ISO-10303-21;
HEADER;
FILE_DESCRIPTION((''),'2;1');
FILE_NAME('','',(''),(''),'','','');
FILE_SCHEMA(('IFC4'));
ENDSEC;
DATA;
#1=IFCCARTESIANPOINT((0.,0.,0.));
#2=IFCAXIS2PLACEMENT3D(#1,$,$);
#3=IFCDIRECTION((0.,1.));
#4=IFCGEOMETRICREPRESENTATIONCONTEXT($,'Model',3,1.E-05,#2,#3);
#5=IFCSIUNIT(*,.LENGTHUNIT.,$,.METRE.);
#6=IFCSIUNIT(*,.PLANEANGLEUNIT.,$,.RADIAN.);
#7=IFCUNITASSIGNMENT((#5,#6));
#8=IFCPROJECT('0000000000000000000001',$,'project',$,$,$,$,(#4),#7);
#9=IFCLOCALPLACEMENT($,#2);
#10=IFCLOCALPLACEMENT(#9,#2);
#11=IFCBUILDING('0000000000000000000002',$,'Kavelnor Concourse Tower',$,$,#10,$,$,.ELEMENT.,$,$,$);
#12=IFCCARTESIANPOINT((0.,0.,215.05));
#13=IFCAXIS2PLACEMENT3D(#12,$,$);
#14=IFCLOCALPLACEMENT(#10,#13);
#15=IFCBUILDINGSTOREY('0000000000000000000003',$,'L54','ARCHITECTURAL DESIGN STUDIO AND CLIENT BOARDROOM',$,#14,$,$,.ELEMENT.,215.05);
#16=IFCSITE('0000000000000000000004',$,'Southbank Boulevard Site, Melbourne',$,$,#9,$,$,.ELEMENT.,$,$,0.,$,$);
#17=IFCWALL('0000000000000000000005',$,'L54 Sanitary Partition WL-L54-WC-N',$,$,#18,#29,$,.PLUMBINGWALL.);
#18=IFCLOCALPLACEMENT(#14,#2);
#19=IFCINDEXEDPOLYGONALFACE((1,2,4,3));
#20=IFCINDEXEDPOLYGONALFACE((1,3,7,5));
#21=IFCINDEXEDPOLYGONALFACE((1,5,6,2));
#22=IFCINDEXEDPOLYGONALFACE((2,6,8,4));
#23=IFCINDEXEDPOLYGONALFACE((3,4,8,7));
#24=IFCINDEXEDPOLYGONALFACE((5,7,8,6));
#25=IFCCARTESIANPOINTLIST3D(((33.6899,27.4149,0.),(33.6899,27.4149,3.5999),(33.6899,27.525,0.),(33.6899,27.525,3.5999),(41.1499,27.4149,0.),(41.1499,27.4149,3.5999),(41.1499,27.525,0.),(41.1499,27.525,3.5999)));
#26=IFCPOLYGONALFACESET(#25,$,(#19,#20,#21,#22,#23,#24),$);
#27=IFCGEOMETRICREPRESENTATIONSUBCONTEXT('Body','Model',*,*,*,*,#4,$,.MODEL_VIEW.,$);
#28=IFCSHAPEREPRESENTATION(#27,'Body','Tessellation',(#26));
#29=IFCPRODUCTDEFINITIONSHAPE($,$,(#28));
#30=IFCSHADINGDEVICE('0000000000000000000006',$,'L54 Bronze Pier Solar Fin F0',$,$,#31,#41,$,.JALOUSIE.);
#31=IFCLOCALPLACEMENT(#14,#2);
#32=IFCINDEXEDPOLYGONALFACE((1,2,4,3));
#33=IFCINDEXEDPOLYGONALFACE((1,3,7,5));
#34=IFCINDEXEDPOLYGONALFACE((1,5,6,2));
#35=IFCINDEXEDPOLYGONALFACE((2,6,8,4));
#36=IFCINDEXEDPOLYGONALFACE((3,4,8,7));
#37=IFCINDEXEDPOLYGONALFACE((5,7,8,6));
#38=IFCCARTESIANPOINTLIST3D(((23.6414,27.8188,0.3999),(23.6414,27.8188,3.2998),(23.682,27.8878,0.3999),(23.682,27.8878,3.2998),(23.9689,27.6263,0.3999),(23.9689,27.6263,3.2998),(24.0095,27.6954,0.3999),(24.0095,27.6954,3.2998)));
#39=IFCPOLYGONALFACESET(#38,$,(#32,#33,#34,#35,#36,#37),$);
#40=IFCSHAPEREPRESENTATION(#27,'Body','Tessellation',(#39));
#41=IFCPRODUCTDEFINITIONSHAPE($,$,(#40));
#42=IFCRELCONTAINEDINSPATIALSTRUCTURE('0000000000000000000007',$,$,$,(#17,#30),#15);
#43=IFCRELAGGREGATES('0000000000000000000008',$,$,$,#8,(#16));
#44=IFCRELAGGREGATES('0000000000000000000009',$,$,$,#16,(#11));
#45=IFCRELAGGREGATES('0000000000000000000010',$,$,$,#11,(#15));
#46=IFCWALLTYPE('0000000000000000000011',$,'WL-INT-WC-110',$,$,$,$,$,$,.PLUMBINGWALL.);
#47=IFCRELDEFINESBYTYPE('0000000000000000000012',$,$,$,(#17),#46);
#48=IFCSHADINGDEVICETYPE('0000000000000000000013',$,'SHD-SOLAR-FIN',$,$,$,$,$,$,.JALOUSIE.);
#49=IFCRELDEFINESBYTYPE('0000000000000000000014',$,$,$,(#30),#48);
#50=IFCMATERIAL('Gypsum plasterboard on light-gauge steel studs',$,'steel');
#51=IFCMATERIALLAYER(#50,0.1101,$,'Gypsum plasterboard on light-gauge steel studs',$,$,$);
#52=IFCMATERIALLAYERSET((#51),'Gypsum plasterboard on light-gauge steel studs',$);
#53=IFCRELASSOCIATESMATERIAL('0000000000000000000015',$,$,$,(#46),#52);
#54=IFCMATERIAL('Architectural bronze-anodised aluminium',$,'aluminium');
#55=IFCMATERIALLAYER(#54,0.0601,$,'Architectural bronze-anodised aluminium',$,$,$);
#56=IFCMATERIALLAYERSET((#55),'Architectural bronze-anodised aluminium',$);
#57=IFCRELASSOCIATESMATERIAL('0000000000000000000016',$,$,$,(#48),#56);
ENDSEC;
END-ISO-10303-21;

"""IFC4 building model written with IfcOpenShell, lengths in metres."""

from ifc_helpers import new_model, si_unit, direction, frame, frame_2d, origin, origin_2d, place, context, subcontext, project, spatial, rectangle, extrude, material, layer, layer_set, type_object, element, save


model = new_model("IFC4")

# Units and contexts
model_context = context("Model", 3, precision=1e-05, world=origin(), true_north=direction((0.0, 1.0)))
body_context = subcontext(model_context, "Body", "Model", "MODEL_VIEW")
ifc_project = project(units=[si_unit("LENGTHUNIT", "METRE"), si_unit("PLANEANGLEUNIT", "RADIAN")], contexts=[model_context])

# Site, building, storey
site_placement = place(None, origin())
site = spatial("IfcSite", under=ifc_project, at=site_placement, Name="Southbank Boulevard Site, Melbourne", CompositionType="ELEMENT", RefElevation=0.0)
building_placement = place(site_placement, origin())
building = spatial("IfcBuilding", under=site, at=building_placement, Name="Kavelnor Concourse Tower", CompositionType="ELEMENT")
storey_placement = place(building_placement, frame((0.0, 0.0, 215.05)))
storey = spatial("IfcBuildingStorey", under=building, at=storey_placement, Name="L54", Description="ARCHITECTURAL DESIGN STUDIO AND CLIENT BOARDROOM", CompositionType="ELEMENT", Elevation=215.05)

# Wall
ifc_material_1 = material(Name="Gypsum plasterboard on light-gauge steel studs", Category="steel")
ifc_layer_1 = layer(ifc_material_1, 0.1101, Name="Gypsum plasterboard on light-gauge steel studs")
ifc_layer_set_1 = layer_set([ifc_layer_1], Name="Gypsum plasterboard on light-gauge steel studs")
wall_type_1 = type_object("IfcWallType", Name="WL-INT-WC-110", PredefinedType="PLUMBINGWALL", material=ifc_layer_set_1)
wall_1_placement = place(storey_placement, frame((33.6899, 27.47, 0.0), z_axis=(0.0, 0.0, 1.0), x_axis=(1.0, 0.0, 0.0)))
element("IfcWall", 1, at=wall_1_placement, inside=storey, type_object=wall_type_1, Name="L54 Sanitary Partition WL-L54-WC-N", PredefinedType="PLUMBINGWALL", context=body_context, shape_type="SweptSolid", body=[
    extrude(rectangle(XDim=7.46, YDim=0.1101, at=frame_2d((3.73, 0.0))), origin(), (0.0, 0.0, 1.0), 3.5999),
])

# Shading device
ifc_material_2 = material(Name="Architectural bronze-anodised aluminium", Category="aluminium")
ifc_layer_2 = layer(ifc_material_2, 0.0601, Name="Architectural bronze-anodised aluminium")
ifc_layer_set_2 = layer_set([ifc_layer_2], Name="Architectural bronze-anodised aluminium")
shading_device_type = type_object("IfcShadingDeviceType", Name="SHD-SOLAR-FIN", PredefinedType="JALOUSIE", material=ifc_layer_set_2)
shading_device_placement = place(storey_placement, frame((23.8254, 27.7571, 0.3999), z_axis=(0.0, 0.0, 1.0), x_axis=(-0.86216, 0.506636, 0.0)))
element("IfcShadingDevice", 2, at=shading_device_placement, inside=storey, type_object=shading_device_type, Name="L54 Bronze Pier Solar Fin F0", PredefinedType="JALOUSIE", context=body_context, shape_type="SweptSolid", body=[
    extrude(rectangle(XDim=0.3799, YDim=0.0801, at=origin_2d()), origin(), (0.0, 0.0, 1.0), 2.8999),
])

save(model, "model.ifc")
